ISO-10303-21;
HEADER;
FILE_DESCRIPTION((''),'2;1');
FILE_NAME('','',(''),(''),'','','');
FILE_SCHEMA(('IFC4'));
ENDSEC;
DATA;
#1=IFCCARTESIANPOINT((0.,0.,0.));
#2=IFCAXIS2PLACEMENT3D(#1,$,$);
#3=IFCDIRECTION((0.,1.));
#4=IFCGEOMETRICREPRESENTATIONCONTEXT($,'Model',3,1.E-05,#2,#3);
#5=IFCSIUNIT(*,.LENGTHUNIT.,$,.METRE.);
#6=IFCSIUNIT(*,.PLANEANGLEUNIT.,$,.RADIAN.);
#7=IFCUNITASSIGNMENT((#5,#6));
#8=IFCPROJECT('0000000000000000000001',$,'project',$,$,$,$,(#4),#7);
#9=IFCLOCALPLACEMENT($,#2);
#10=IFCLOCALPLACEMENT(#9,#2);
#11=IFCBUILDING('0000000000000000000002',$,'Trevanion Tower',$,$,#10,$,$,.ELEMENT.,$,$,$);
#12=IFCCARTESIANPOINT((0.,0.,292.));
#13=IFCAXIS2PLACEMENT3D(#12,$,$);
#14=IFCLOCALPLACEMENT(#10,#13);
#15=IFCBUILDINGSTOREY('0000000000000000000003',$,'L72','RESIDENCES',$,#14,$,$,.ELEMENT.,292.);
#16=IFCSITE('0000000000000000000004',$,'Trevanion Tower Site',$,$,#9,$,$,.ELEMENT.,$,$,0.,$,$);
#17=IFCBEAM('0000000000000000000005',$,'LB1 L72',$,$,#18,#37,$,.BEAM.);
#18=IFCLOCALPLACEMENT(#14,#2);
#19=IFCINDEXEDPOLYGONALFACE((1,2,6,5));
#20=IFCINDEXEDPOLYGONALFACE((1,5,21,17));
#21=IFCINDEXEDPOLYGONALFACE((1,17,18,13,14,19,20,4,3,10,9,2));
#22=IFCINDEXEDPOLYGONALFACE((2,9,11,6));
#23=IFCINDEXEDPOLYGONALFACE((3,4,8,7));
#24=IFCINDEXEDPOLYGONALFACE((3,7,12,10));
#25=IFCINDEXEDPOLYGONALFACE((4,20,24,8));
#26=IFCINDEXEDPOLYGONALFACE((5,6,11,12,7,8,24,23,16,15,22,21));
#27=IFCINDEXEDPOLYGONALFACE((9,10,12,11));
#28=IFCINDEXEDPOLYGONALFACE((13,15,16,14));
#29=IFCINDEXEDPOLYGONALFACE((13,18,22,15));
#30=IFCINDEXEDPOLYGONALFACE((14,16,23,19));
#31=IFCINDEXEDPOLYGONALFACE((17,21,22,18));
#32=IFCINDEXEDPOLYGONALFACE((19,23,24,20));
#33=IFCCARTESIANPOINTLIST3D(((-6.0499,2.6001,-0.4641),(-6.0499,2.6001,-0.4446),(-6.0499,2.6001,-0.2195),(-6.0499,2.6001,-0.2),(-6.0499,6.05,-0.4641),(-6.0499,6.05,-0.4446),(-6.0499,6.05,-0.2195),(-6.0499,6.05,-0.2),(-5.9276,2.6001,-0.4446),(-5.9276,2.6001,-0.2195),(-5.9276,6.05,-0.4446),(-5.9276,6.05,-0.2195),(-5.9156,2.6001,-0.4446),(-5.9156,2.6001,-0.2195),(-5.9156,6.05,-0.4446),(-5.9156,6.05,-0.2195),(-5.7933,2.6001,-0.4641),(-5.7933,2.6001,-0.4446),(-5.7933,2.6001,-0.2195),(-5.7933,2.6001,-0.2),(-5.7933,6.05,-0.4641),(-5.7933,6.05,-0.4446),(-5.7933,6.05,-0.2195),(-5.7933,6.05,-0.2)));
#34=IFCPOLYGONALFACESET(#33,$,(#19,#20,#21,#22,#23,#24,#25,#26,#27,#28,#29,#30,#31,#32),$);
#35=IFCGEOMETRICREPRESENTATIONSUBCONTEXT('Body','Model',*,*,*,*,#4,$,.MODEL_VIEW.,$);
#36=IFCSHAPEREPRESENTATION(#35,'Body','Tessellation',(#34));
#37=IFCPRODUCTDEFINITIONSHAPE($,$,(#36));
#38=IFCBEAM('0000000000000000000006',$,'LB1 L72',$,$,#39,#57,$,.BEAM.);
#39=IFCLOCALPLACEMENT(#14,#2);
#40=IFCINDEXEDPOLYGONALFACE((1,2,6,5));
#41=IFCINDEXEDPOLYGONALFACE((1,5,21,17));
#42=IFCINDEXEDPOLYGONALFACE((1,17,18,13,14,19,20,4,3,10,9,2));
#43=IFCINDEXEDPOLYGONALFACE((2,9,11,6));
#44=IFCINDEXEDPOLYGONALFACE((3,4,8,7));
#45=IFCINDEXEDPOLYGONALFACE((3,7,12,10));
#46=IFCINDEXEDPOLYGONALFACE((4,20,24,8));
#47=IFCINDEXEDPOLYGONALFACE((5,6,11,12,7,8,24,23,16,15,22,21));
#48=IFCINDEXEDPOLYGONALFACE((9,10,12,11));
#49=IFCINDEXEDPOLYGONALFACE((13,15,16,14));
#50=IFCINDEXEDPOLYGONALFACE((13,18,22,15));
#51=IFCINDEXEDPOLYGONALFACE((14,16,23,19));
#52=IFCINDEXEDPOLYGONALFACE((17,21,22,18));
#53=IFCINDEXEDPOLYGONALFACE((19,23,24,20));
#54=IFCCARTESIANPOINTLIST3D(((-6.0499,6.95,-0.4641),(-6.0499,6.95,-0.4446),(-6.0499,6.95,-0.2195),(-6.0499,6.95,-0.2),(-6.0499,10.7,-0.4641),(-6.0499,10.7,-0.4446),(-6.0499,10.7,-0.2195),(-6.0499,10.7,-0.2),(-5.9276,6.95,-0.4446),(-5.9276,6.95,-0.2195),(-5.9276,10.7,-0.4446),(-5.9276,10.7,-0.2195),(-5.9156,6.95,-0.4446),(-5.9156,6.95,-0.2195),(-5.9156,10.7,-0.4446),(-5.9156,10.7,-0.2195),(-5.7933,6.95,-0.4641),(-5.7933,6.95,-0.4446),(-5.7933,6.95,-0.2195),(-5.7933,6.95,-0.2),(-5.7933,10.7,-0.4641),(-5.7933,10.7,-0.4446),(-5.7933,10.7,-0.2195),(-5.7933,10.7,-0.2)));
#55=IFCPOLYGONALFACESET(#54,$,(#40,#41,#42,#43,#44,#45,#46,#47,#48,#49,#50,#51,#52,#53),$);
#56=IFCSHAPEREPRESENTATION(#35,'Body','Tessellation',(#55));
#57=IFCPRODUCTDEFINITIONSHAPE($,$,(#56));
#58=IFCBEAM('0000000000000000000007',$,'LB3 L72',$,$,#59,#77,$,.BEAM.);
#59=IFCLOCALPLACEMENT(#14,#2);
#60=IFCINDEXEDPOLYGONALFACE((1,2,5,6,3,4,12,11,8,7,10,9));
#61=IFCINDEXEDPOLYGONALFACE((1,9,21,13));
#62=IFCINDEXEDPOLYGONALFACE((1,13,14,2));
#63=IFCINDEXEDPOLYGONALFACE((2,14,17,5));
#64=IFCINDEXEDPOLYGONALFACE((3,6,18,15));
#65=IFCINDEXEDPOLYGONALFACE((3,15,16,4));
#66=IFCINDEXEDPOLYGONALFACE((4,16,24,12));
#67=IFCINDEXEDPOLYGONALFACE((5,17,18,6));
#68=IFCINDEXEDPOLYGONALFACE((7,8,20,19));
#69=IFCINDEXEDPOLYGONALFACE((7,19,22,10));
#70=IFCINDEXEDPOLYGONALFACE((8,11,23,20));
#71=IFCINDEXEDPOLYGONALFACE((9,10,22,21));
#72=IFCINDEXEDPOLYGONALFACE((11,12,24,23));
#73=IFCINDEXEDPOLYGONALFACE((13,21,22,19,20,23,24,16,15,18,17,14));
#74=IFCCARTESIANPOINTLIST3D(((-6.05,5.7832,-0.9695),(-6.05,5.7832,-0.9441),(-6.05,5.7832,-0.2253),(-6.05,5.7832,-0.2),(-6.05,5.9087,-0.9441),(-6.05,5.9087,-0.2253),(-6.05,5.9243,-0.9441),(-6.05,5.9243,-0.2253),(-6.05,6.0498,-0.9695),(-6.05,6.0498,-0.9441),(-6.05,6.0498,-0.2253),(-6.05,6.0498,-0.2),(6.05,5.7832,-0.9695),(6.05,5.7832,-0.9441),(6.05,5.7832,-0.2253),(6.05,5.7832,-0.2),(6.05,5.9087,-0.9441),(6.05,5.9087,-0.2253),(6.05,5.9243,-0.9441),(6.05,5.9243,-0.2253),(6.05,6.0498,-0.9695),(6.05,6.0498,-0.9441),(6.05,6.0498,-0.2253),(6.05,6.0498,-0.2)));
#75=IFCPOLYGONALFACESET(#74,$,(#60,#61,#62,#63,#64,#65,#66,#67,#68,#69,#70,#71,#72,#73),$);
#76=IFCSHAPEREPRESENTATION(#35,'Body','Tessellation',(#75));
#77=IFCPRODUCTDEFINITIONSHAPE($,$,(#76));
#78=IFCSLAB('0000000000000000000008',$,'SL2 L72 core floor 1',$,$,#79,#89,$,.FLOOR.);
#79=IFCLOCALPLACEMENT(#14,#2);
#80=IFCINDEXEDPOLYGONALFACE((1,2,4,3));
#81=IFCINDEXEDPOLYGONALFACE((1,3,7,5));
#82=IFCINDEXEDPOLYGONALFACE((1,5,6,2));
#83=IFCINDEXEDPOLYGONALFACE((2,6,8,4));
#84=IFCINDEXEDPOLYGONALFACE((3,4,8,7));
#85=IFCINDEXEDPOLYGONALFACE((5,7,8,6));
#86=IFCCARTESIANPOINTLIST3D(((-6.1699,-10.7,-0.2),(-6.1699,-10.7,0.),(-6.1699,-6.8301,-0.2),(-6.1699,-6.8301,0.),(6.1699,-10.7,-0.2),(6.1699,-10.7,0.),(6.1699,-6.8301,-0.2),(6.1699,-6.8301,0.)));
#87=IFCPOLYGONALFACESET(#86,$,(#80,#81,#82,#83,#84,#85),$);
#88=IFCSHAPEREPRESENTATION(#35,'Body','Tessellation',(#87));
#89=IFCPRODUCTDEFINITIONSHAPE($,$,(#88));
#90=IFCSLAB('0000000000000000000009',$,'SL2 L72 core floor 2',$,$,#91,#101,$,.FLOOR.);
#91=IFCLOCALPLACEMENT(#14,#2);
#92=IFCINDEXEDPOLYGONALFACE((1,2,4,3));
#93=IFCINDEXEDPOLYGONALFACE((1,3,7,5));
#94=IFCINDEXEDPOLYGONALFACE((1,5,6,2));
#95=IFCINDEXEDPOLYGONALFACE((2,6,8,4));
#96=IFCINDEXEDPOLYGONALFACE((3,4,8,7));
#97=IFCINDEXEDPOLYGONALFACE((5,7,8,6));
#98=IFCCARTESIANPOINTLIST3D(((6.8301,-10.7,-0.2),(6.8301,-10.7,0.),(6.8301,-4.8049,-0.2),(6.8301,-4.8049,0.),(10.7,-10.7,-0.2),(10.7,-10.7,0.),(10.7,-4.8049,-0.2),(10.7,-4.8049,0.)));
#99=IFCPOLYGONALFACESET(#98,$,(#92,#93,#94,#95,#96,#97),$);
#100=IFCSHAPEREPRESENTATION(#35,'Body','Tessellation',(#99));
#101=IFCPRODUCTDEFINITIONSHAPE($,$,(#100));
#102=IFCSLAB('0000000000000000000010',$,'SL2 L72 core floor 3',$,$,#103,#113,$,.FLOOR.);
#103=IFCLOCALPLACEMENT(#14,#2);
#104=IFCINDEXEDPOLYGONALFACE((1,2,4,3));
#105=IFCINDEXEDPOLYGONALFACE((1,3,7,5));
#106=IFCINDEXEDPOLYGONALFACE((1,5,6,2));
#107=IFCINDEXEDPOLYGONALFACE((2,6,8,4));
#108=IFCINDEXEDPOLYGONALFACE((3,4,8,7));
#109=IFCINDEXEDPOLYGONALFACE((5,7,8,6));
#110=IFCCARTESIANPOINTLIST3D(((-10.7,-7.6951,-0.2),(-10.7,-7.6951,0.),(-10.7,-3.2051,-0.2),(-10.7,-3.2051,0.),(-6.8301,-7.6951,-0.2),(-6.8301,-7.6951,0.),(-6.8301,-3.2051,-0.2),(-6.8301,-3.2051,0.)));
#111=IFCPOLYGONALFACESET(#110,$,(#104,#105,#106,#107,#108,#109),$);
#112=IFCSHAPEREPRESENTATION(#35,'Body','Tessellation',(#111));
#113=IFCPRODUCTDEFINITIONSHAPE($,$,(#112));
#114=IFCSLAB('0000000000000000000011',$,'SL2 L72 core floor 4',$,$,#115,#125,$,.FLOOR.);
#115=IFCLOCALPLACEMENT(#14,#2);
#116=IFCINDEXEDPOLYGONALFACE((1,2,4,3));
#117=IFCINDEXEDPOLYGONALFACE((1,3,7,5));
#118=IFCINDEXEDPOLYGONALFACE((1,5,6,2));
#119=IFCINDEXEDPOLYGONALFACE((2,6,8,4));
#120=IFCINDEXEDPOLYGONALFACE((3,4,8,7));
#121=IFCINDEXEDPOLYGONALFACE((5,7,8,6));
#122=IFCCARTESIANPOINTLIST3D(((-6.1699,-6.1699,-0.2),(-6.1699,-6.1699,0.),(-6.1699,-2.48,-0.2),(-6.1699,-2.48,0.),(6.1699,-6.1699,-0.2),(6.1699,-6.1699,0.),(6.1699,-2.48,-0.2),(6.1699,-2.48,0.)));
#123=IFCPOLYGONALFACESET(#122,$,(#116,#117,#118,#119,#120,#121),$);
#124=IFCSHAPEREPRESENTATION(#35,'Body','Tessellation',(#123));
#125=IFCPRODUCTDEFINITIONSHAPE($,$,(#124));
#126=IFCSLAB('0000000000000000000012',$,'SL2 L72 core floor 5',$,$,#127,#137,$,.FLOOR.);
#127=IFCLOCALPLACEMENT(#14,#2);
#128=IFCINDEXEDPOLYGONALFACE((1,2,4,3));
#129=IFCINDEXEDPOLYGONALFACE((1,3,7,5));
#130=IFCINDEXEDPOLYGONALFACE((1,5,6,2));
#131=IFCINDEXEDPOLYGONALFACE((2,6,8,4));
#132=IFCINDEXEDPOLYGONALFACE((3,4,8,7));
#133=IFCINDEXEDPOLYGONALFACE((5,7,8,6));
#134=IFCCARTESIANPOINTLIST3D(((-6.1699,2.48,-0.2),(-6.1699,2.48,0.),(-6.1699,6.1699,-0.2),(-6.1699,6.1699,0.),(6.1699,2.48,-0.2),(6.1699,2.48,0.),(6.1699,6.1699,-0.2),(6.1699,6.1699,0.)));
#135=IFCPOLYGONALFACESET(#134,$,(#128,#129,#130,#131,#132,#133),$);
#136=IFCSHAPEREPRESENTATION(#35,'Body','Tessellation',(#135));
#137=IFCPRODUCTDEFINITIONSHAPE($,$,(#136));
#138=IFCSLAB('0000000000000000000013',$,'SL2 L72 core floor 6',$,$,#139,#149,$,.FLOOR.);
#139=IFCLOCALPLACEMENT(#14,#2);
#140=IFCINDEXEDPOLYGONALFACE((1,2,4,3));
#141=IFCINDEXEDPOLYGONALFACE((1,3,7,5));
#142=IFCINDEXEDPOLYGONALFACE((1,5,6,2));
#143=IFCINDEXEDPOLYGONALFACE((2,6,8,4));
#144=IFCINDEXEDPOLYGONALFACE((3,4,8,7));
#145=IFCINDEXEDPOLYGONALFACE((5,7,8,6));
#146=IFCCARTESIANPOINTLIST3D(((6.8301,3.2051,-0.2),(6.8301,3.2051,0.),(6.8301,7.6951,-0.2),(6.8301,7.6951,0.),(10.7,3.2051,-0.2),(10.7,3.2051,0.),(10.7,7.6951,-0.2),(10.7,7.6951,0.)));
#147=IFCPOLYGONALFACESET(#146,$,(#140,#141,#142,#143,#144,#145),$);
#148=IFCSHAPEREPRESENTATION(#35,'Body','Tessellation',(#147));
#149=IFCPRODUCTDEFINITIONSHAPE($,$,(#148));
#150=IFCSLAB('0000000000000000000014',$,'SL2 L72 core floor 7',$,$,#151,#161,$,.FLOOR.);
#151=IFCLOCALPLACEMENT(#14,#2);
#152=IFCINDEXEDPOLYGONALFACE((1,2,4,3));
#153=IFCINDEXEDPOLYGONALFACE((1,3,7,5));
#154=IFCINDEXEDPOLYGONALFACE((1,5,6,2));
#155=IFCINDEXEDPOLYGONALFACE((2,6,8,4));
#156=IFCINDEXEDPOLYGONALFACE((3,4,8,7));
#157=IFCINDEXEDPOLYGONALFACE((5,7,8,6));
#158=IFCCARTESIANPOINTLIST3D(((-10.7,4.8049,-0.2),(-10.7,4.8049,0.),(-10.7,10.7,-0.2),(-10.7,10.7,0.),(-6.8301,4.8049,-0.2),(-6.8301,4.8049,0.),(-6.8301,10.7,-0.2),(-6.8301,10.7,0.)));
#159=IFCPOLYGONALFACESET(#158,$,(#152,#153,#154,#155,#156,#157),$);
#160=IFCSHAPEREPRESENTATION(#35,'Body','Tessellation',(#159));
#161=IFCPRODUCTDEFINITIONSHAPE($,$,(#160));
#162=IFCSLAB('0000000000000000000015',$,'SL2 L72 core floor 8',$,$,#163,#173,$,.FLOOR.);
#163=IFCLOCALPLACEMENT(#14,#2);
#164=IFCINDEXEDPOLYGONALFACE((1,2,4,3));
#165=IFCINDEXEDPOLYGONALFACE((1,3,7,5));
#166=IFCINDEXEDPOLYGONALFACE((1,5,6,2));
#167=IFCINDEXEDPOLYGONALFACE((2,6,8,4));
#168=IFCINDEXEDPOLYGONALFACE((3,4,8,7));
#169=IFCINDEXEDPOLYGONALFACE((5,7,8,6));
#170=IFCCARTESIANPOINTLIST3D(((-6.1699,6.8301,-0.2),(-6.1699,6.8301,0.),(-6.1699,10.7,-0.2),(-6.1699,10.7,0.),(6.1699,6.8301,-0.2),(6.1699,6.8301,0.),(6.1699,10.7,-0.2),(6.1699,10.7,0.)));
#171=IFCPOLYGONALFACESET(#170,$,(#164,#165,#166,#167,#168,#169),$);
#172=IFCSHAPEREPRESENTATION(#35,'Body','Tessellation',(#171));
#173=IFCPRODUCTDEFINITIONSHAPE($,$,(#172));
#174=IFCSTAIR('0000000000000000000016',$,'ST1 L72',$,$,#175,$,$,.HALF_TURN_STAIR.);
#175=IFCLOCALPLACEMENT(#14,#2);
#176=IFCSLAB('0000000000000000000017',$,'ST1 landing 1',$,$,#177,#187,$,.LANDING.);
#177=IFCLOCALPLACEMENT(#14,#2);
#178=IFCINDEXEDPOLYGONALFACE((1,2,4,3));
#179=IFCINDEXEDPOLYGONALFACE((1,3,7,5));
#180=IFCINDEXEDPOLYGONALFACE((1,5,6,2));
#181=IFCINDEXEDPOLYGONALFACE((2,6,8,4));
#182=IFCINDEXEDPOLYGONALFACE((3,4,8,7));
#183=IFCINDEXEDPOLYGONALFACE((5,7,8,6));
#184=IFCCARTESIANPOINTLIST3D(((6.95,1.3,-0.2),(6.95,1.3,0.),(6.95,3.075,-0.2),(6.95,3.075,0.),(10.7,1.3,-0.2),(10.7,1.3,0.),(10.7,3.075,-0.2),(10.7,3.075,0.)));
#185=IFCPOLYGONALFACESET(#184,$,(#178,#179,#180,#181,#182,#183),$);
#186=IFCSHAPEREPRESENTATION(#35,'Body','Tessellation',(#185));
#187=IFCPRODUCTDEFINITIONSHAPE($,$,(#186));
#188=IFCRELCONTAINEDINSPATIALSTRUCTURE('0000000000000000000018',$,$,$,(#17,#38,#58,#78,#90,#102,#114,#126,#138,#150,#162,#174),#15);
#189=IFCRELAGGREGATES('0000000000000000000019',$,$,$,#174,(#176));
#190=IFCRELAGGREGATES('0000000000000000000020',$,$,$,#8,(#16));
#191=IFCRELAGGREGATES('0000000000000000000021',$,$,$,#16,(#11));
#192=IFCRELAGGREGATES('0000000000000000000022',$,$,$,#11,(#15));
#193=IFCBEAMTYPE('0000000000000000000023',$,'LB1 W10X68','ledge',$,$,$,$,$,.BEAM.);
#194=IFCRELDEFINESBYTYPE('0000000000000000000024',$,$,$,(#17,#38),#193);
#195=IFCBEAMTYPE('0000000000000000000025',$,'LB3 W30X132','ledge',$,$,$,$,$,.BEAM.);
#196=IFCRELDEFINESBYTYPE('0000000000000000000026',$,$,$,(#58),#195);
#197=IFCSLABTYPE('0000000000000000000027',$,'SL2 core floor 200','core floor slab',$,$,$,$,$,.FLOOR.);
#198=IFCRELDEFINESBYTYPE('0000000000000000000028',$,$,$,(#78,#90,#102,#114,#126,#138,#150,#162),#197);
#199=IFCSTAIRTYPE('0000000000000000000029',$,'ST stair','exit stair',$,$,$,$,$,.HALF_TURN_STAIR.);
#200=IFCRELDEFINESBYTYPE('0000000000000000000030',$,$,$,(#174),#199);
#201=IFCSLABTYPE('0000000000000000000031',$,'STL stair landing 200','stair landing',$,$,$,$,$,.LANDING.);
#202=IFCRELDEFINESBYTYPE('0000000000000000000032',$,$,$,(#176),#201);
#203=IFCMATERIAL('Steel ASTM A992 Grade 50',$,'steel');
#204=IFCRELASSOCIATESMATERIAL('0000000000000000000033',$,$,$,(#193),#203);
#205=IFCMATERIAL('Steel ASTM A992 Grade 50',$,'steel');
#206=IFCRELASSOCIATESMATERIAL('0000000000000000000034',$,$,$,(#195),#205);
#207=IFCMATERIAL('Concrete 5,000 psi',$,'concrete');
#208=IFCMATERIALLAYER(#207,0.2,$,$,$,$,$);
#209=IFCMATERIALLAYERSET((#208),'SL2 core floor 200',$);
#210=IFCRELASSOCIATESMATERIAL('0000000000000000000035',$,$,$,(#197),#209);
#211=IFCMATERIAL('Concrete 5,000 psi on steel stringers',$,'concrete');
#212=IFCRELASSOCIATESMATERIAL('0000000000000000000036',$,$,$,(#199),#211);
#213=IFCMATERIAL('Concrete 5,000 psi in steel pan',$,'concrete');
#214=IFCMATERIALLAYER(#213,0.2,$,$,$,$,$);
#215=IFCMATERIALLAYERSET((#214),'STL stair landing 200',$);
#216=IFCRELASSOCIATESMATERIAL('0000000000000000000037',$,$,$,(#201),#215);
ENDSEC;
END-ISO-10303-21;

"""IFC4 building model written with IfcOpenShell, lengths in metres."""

from ifc_helpers import new_model, si_unit, direction, frame, origin, origin_2d, place, context, subcontext, project, spatial, polyline, i_section, outline, extrude, material, layer, layer_set, material_profile, profile_set, type_object, element, aggregate, save


model = new_model("IFC4")

# Units and contexts
model_context = context("Model", 3, precision=1e-05, world=origin(), true_north=direction((0.0, 1.0)))
body_context = subcontext(model_context, "Body", "Model", "MODEL_VIEW")
ifc_project = project(units=[si_unit("LENGTHUNIT", "METRE"), si_unit("PLANEANGLEUNIT", "RADIAN")], contexts=[model_context])

# Site, building, storey
site_placement = place(None, origin())
site = spatial("IfcSite", under=ifc_project, at=site_placement, Name="Trevanion Tower Site", CompositionType="ELEMENT", RefElevation=0.0)
building_placement = place(site_placement, origin())
building = spatial("IfcBuilding", under=site, at=building_placement, Name="Trevanion Tower", CompositionType="ELEMENT")
storey_placement = place(building_placement, frame((0.0, 0.0, 292.0)))
storey = spatial("IfcBuildingStorey", under=building, at=storey_placement, Name="L72", Description="RESIDENCES", CompositionType="ELEMENT", Elevation=292.0)

# Beams
ifc_material_1 = material(Name="Steel ASTM A992 Grade 50", Category="steel")
ifc_material_profile_1 = material_profile(ifc_material_1, i_section(OverallWidth=0.2566, OverallDepth=0.2642, WebThickness=0.012, FlangeThickness=0.0195, at=origin_2d()), Name="W10X68")
ifc_profile_set_1 = profile_set([ifc_material_profile_1], Name="Steel ASTM A992 Grade 50")
beam_type_1 = type_object("IfcBeamType", Name="LB1 W10X68", Description="ledge", PredefinedType="BEAM", material=ifc_profile_set_1)
beam_1_placement = place(storey_placement, frame((-5.9216, 2.6001, -0.332), z_axis=(0.0, 1.0, 0.0), x_axis=(-1.0, 0.0, 0.0)))
element("IfcBeam", 1, at=beam_1_placement, inside=storey, type_object=beam_type_1, Name="LB1 L72", PredefinedType="BEAM", context=body_context, shape_type="SweptSolid", body=[
    extrude(i_section(OverallWidth=0.2566, OverallDepth=0.2642, WebThickness=0.012, FlangeThickness=0.0195, at=origin_2d()), origin(), (0.0, 0.0, 1.0), 3.45),
])
beam_2_placement = place(storey_placement, frame((-5.9216, 6.95, -0.332), z_axis=(0.0, 1.0, 0.0), x_axis=(-1.0, 0.0, 0.0)))
element("IfcBeam", 2, at=beam_2_placement, inside=storey, type_object=beam_type_1, Name="LB1 L72", PredefinedType="BEAM", context=body_context, shape_type="SweptSolid", body=[
    extrude(i_section(OverallWidth=0.2566, OverallDepth=0.2642, WebThickness=0.012, FlangeThickness=0.0195, at=origin_2d()), origin(), (0.0, 0.0, 1.0), 3.75),
])
ifc_material_2 = material(Name="Steel ASTM A992 Grade 50", Category="steel")
ifc_material_profile_2 = material_profile(ifc_material_2, i_section(OverallWidth=0.2666, OverallDepth=0.7695, WebThickness=0.0156, FlangeThickness=0.0254, at=origin_2d()), Name="W30X132")
ifc_profile_set_2 = profile_set([ifc_material_profile_2], Name="Steel ASTM A992 Grade 50")
beam_type_2 = type_object("IfcBeamType", Name="LB3 W30X132", Description="ledge", PredefinedType="BEAM", material=ifc_profile_set_2)
beam_3_placement = place(storey_placement, frame((-6.05, 5.9165, -0.5847), z_axis=(1.0, 0.0, 0.0), x_axis=(0.0, 1.0, 0.0)))
element("IfcBeam", 3, at=beam_3_placement, inside=storey, type_object=beam_type_2, Name="LB3 L72", PredefinedType="BEAM", context=body_context, shape_type="SweptSolid", body=[
    extrude(i_section(OverallWidth=0.2666, OverallDepth=0.7695, WebThickness=0.0156, FlangeThickness=0.0254, at=origin_2d()), origin(), (0.0, 0.0, 1.0), 12.1001),
])

# Slabs
ifc_material_3 = material(Name="Concrete 5,000 psi", Category="concrete")
ifc_layer_1 = layer(ifc_material_3, 0.2)
ifc_layer_set_1 = layer_set([ifc_layer_1], Name="SL2 core floor 200")
slab_type_1 = type_object("IfcSlabType", Name="SL2 core floor 200", Description="core floor slab", PredefinedType="FLOOR", material=ifc_layer_set_1)
slab_1_placement = place(storey_placement, frame((0.0, 0.0, -0.2)))
element("IfcSlab", 4, at=slab_1_placement, inside=storey, type_object=slab_type_1, Name="SL2 L72 core floor 1", PredefinedType="FLOOR", context=body_context, shape_type="SweptSolid", body=[
    extrude(outline(polyline([(6.1699, -10.7), (-6.1699, -10.7), (-6.1699, -6.8301), (6.1699, -6.8301), (6.1699, -10.7)])), origin(), (0.0, 0.0, 1.0), 0.2),
])
slab_2_placement = place(storey_placement, frame((0.0, 0.0, -0.2)))
element("IfcSlab", 5, at=slab_2_placement, inside=storey, type_object=slab_type_1, Name="SL2 L72 core floor 2", PredefinedType="FLOOR", context=body_context, shape_type="SweptSolid", body=[
    extrude(outline(polyline([(6.8301, -4.8049), (10.7, -4.8049), (10.7, -10.7), (6.8301, -10.7), (6.8301, -4.8049)])), origin(), (0.0, 0.0, 1.0), 0.2),
])
slab_3_placement = place(storey_placement, frame((0.0, 0.0, -0.2)))
element("IfcSlab", 6, at=slab_3_placement, inside=storey, type_object=slab_type_1, Name="SL2 L72 core floor 3", PredefinedType="FLOOR", context=body_context, shape_type="SweptSolid", body=[
    extrude(outline(polyline([(-6.8301, -3.2051), (-6.8301, -7.6951), (-10.7, -7.6951), (-10.7, -3.2051), (-6.8301, -3.2051)])), origin(), (0.0, 0.0, 1.0), 0.2),
])
slab_4_placement = place(storey_placement, frame((0.0, 0.0, -0.2)))
element("IfcSlab", 7, at=slab_4_placement, inside=storey, type_object=slab_type_1, Name="SL2 L72 core floor 4", PredefinedType="FLOOR", context=body_context, shape_type="SweptSolid", body=[
    extrude(outline(polyline([(6.1699, -6.1699), (-6.1699, -6.1699), (-6.1699, -2.48), (6.1699, -2.48), (6.1699, -6.1699)])), origin(), (0.0, 0.0, 1.0), 0.2),
])
slab_5_placement = place(storey_placement, frame((0.0, 0.0, -0.2)))
element("IfcSlab", 8, at=slab_5_placement, inside=storey, type_object=slab_type_1, Name="SL2 L72 core floor 5", PredefinedType="FLOOR", context=body_context, shape_type="SweptSolid", body=[
    extrude(outline(polyline([(6.1699, 2.48), (-6.1699, 2.48), (-6.1699, 6.1699), (6.1699, 6.1699), (6.1699, 2.48)])), origin(), (0.0, 0.0, 1.0), 0.2),
])
slab_6_placement = place(storey_placement, frame((0.0, 0.0, -0.2)))
element("IfcSlab", 9, at=slab_6_placement, inside=storey, type_object=slab_type_1, Name="SL2 L72 core floor 6", PredefinedType="FLOOR", context=body_context, shape_type="SweptSolid", body=[
    extrude(outline(polyline([(6.8301, 3.2051), (6.8301, 7.6951), (10.7, 7.6951), (10.7, 3.2051), (6.8301, 3.2051)])), origin(), (0.0, 0.0, 1.0), 0.2),
])
slab_7_placement = place(storey_placement, frame((0.0, 0.0, -0.2)))
element("IfcSlab", 10, at=slab_7_placement, inside=storey, type_object=slab_type_1, Name="SL2 L72 core floor 7", PredefinedType="FLOOR", context=body_context, shape_type="SweptSolid", body=[
    extrude(outline(polyline([(-6.8301, 4.8049), (-10.7, 4.8049), (-10.7, 10.7), (-6.8301, 10.7), (-6.8301, 4.8049)])), origin(), (0.0, 0.0, 1.0), 0.2),
])
slab_8_placement = place(storey_placement, frame((0.0, 0.0, -0.2)))
element("IfcSlab", 11, at=slab_8_placement, inside=storey, type_object=slab_type_1, Name="SL2 L72 core floor 8", PredefinedType="FLOOR", context=body_context, shape_type="SweptSolid", body=[
    extrude(outline(polyline([(6.1699, 6.8301), (-6.1699, 6.8301), (-6.1699, 10.7), (6.1699, 10.7), (6.1699, 6.8301)])), origin(), (0.0, 0.0, 1.0), 0.2),
])

# Stair, slab
ifc_material_4 = material(Name="Concrete 5,000 psi on steel stringers", Category="concrete")
stair_type = type_object("IfcStairType", Name="ST stair", Description="exit stair", PredefinedType="HALF_TURN_STAIR", material=ifc_material_4)
stair_1_placement = place(storey_placement, origin())
stair_1 = element("IfcStair", 12, at=stair_1_placement, inside=storey, type_object=stair_type, Name="ST1 L72", PredefinedType="HALF_TURN_STAIR")
ifc_material_5 = material(Name="Concrete 5,000 psi in steel pan", Category="concrete")
ifc_layer_2 = layer(ifc_material_5, 0.2)
ifc_layer_set_2 = layer_set([ifc_layer_2], Name="STL stair landing 200")
slab_type_2 = type_object("IfcSlabType", Name="STL stair landing 200", Description="stair landing", PredefinedType="LANDING", material=ifc_layer_set_2)
slab_9_placement = place(storey_placement, frame((0.0, 0.0, -0.2)))
slab_9 = element("IfcSlab", 13, at=slab_9_placement, type_object=slab_type_2, Name="ST1 landing 1", PredefinedType="LANDING", context=body_context, shape_type="SweptSolid", body=[
    extrude(outline(polyline([(6.95, 1.3), (10.7, 1.3), (10.7, 3.075), (6.95, 3.075), (6.95, 1.3)])), origin(), (0.0, 0.0, 1.0), 0.2),
])
aggregate(stair_1, [slab_9])

save(model, "model.ifc")
